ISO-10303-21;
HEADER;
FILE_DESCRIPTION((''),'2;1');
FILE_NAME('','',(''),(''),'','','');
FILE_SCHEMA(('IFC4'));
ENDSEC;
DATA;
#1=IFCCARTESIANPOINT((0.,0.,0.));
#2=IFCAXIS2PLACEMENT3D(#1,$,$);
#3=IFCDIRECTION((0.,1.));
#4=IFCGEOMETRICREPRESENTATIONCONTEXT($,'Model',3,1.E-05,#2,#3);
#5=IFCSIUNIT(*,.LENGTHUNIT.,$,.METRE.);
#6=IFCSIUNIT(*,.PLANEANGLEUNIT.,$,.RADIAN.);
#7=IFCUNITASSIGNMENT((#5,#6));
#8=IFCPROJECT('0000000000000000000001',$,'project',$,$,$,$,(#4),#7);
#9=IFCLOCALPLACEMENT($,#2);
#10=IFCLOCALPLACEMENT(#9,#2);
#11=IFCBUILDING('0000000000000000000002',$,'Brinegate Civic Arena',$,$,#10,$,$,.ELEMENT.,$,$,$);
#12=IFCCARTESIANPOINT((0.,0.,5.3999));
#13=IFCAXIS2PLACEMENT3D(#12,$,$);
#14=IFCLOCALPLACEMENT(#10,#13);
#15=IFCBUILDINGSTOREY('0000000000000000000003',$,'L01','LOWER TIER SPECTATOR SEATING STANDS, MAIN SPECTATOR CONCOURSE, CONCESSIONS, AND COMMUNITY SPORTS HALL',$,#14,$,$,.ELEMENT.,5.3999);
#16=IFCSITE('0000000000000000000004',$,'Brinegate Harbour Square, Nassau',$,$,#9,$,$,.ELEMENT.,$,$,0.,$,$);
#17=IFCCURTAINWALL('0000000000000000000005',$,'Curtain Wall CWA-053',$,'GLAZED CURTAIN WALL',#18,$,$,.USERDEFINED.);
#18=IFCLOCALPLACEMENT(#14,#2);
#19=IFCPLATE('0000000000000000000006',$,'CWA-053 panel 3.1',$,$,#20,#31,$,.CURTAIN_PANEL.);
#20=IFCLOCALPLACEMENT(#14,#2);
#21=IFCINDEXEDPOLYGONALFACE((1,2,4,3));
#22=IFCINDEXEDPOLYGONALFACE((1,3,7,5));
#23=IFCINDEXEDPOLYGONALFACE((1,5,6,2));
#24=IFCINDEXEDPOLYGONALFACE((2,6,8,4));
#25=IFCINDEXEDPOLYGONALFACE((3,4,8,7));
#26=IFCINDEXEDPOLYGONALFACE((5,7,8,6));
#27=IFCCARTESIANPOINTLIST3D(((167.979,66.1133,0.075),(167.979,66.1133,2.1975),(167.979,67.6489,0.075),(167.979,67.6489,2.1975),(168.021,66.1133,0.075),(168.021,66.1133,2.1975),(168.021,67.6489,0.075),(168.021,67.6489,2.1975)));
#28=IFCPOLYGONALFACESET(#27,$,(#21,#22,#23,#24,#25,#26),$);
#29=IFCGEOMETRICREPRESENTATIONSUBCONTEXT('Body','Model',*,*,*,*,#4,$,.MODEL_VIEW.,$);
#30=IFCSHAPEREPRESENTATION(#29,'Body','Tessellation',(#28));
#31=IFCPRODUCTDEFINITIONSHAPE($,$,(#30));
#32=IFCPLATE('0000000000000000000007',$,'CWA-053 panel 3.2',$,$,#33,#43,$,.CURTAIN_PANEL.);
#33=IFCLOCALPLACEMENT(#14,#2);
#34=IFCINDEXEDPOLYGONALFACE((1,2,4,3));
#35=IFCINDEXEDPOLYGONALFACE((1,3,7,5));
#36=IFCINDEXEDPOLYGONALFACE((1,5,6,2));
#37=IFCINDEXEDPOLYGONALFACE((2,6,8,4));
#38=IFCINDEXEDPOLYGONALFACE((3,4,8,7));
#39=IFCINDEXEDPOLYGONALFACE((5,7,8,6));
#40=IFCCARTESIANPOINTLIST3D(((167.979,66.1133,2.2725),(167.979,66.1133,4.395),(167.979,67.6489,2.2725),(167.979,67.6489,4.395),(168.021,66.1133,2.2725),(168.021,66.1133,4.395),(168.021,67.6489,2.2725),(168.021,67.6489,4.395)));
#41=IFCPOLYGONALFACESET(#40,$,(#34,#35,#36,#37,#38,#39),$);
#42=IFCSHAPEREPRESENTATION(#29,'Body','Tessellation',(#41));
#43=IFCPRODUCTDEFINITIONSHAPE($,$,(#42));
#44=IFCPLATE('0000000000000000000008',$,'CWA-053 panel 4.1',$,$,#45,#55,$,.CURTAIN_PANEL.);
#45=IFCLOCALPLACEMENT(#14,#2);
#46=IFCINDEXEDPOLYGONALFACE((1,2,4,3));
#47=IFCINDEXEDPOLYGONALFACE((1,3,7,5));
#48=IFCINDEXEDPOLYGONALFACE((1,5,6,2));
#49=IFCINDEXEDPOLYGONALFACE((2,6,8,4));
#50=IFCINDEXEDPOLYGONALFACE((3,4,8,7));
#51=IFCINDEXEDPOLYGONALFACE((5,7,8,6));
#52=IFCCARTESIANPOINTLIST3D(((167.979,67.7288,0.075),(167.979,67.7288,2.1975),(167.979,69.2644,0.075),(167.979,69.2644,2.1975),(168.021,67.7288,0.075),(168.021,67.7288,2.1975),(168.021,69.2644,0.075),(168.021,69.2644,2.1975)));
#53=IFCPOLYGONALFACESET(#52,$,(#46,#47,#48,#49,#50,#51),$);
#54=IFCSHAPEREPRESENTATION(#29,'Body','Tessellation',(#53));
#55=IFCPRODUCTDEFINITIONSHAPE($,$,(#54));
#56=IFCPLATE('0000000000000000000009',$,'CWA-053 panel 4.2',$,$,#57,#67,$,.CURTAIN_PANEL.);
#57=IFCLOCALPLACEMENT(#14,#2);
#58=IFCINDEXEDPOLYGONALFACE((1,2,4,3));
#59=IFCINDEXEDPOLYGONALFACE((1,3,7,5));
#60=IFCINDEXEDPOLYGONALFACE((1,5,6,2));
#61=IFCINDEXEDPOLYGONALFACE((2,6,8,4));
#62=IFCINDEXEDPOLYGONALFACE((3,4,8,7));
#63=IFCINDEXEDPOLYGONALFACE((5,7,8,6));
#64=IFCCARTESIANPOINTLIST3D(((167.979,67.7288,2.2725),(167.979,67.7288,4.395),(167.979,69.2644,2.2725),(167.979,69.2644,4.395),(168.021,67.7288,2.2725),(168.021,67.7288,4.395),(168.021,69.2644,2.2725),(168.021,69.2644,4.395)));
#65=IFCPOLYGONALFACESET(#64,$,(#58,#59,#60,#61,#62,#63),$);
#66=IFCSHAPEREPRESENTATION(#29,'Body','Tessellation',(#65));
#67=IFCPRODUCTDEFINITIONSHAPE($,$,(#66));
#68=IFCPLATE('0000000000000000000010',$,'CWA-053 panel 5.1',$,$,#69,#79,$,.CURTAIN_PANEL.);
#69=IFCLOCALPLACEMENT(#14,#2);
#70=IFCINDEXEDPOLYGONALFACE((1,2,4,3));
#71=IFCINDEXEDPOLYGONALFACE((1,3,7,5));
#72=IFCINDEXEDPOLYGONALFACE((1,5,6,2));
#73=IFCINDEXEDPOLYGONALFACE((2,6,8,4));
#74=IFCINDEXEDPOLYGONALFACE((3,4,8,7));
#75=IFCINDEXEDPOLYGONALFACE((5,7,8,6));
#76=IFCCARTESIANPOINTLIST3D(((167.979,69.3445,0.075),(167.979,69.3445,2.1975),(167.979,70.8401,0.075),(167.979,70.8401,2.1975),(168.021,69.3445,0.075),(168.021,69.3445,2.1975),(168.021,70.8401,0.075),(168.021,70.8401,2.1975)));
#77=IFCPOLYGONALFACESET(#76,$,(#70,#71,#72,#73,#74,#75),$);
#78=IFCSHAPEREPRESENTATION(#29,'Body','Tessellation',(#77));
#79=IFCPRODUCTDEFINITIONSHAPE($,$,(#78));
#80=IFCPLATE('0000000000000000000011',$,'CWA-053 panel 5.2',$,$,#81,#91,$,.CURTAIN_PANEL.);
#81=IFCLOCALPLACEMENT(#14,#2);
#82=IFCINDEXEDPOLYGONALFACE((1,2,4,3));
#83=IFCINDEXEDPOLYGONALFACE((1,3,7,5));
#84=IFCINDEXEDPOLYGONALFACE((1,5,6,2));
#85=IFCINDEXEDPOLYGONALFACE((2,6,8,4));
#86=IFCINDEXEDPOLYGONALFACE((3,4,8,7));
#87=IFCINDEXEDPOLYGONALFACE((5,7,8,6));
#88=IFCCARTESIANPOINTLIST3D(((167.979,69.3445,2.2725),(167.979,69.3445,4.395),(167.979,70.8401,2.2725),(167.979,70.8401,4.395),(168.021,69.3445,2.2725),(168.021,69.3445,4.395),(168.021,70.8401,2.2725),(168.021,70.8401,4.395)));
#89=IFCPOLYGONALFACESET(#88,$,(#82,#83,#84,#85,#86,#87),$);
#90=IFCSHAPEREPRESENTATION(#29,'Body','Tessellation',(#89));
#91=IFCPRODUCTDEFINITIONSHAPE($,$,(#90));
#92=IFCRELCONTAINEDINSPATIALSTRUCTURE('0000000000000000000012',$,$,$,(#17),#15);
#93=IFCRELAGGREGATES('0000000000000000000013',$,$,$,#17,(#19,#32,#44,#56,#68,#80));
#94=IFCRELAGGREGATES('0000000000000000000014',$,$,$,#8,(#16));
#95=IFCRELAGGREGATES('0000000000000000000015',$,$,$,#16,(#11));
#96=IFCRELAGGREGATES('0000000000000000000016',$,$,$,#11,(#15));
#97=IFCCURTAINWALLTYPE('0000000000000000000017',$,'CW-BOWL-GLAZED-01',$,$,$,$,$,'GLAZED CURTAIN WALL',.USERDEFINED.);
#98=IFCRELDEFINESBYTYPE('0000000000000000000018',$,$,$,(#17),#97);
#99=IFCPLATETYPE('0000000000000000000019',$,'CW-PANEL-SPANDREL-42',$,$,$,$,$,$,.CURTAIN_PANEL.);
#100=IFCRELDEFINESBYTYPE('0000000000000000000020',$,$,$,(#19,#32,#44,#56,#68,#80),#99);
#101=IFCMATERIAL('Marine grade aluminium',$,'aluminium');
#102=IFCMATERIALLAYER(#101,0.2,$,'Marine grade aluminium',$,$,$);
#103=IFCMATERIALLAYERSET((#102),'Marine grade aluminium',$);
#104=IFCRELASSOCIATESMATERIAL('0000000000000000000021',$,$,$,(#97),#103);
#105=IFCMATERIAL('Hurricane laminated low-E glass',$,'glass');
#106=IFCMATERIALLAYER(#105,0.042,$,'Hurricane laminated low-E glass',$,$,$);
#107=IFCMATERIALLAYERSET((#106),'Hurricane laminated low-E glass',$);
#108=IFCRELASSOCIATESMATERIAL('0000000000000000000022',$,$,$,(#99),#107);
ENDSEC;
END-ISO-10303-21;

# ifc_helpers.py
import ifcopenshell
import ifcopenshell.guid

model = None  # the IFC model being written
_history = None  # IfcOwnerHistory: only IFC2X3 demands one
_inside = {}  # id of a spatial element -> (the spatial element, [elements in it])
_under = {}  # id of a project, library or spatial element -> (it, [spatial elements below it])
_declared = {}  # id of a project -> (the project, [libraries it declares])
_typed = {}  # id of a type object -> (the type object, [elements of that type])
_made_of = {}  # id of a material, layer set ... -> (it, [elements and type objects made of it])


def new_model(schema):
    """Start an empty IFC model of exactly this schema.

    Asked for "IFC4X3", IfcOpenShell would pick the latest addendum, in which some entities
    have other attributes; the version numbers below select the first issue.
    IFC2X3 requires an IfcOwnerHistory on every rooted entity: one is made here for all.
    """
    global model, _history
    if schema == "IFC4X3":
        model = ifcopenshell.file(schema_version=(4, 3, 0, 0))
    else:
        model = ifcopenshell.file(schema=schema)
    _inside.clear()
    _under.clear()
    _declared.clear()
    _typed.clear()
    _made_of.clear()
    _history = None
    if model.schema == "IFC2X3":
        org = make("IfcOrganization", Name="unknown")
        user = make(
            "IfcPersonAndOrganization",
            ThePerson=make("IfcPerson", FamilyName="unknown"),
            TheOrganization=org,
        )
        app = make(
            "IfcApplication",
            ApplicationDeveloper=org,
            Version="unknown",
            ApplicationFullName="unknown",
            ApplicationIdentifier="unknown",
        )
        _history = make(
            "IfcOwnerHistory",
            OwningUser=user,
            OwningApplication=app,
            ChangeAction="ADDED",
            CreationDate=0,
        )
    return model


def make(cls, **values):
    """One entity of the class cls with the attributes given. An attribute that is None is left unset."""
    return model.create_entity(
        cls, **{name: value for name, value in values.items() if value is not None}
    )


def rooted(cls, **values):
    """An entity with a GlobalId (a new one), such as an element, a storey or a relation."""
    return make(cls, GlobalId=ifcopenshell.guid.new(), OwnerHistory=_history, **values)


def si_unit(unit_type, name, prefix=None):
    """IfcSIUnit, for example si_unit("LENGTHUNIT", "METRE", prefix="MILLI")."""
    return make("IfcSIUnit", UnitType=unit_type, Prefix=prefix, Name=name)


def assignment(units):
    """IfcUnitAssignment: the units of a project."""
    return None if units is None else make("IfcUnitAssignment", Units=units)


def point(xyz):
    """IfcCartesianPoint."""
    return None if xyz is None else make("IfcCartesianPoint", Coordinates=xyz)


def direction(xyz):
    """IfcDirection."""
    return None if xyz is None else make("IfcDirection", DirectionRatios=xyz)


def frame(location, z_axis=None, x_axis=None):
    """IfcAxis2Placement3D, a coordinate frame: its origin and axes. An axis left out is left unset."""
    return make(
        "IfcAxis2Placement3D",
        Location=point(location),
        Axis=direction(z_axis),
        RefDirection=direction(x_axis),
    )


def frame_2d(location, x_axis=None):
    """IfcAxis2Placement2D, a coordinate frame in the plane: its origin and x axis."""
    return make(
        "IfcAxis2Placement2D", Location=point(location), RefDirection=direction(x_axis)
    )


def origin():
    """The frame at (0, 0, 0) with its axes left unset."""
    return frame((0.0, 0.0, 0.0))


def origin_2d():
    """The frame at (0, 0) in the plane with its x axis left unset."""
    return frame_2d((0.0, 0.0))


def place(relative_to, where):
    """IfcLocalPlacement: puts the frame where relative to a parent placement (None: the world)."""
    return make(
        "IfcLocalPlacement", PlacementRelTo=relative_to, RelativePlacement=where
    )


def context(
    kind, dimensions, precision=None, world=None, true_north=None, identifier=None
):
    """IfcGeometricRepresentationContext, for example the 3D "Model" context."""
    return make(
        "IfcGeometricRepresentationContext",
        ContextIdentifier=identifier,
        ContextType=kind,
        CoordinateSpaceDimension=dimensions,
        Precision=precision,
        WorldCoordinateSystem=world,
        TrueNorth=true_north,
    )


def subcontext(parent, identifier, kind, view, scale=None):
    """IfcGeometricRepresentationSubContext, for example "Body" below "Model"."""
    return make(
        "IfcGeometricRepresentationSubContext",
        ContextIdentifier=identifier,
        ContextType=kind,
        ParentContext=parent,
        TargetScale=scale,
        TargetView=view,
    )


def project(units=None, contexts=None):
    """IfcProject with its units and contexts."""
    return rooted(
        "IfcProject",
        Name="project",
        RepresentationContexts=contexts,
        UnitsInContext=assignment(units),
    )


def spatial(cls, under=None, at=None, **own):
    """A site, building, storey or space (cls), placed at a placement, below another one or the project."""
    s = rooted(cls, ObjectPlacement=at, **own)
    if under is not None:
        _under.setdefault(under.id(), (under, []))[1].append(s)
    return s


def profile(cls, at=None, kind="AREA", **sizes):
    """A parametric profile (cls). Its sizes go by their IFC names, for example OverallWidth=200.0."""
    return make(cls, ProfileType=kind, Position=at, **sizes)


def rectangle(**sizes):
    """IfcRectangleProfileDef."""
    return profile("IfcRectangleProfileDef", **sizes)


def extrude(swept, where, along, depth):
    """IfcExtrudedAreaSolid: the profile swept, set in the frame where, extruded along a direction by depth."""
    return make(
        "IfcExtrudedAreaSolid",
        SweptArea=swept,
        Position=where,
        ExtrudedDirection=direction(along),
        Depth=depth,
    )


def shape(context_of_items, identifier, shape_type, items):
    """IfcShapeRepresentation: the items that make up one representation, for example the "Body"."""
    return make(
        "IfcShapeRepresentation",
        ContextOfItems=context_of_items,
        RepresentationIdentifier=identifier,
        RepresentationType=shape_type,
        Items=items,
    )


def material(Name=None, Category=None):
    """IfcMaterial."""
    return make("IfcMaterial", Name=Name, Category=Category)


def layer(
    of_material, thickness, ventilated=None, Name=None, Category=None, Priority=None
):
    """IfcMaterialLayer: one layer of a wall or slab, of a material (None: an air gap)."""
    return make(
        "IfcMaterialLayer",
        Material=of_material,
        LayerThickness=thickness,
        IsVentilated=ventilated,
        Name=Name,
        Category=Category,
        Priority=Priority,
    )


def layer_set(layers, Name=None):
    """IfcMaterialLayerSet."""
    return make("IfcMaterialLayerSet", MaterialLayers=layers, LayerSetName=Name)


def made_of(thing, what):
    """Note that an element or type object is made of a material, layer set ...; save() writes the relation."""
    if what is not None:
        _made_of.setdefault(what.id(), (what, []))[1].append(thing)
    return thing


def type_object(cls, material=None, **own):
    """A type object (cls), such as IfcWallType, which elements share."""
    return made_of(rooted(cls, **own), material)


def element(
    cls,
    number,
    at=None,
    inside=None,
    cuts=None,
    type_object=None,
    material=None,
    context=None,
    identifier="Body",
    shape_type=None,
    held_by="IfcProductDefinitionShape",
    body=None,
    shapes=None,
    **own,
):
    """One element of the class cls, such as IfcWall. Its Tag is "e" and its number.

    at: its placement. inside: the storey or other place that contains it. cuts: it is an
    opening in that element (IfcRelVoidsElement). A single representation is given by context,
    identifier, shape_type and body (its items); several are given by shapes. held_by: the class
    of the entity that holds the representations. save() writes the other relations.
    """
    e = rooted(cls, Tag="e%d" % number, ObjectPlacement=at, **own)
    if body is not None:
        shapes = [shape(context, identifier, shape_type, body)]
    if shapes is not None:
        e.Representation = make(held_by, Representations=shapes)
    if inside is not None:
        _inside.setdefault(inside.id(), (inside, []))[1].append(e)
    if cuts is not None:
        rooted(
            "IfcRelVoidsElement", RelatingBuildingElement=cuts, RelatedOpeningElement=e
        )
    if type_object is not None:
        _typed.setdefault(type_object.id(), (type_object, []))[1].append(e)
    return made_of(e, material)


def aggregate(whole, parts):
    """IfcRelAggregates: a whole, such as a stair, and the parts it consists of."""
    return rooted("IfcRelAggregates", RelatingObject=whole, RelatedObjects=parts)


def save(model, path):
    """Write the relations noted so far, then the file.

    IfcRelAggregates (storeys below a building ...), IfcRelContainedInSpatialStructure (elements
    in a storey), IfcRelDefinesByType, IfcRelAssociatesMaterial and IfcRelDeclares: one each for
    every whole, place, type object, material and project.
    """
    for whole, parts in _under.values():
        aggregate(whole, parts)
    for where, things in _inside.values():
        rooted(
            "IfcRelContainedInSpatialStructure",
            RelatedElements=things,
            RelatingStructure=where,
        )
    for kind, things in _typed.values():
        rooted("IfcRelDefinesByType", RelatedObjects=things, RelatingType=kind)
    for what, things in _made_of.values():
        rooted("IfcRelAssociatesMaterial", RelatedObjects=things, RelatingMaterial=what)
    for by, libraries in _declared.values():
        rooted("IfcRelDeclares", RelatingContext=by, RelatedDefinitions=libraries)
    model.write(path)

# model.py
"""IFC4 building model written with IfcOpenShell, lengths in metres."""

from ifc_helpers import new_model, si_unit, direction, frame, origin, origin_2d, place, context, subcontext, project, spatial, rectangle, extrude, material, layer, layer_set, type_object, element, aggregate, save


model = new_model("IFC4")

# Units and contexts
model_context = context("Model", 3, precision=1e-05, world=origin(), true_north=direction((0.0, 1.0)))
body_context = subcontext(model_context, "Body", "Model", "MODEL_VIEW")
ifc_project = project(units=[si_unit("LENGTHUNIT", "METRE"), si_unit("PLANEANGLEUNIT", "RADIAN")], contexts=[model_context])

# Site, building, storey
site_placement = place(None, origin())
site = spatial("IfcSite", under=ifc_project, at=site_placement, Name="Brinegate Harbour Square, Nassau", CompositionType="ELEMENT", RefElevation=0.0)
building_placement = place(site_placement, origin())
building = spatial("IfcBuilding", under=site, at=building_placement, Name="Brinegate Civic Arena", CompositionType="ELEMENT")
storey_placement = place(building_placement, frame((0.0, 0.0, 5.3999)))
storey = spatial("IfcBuildingStorey", under=building, at=storey_placement, Name="L01", Description="LOWER TIER SPECTATOR SEATING STANDS, MAIN SPECTATOR CONCOURSE, CONCESSIONS, AND COMMUNITY SPORTS HALL", CompositionType="ELEMENT", Elevation=5.3999)

# Shared definitions
ifc_material_1 = material(Name="Marine grade aluminium", Category="aluminium")
ifc_layer_1 = layer(ifc_material_1, 0.2, Name="Marine grade aluminium")
ifc_layer_set_1 = layer_set([ifc_layer_1], Name="Marine grade aluminium")
curtain_wall_type = type_object("IfcCurtainWallType", Name="CW-BOWL-GLAZED-01", ElementType="GLAZED CURTAIN WALL", PredefinedType="USERDEFINED", material=ifc_layer_set_1)

# Curtain wall
curtain_wall_1_placement = place(storey_placement, origin())
curtain_wall_1 = element("IfcCurtainWall", 1, at=curtain_wall_1_placement, inside=storey, type_object=curtain_wall_type, Name="Curtain Wall CWA-053", ObjectType="GLAZED CURTAIN WALL", PredefinedType="USERDEFINED")

# Plates
ifc_material_2 = material(Name="Hurricane laminated low-E glass", Category="glass")
ifc_layer_2 = layer(ifc_material_2, 0.042, Name="Hurricane laminated low-E glass")
ifc_layer_set_2 = layer_set([ifc_layer_2], Name="Hurricane laminated low-E glass")
plate_type_1 = type_object("IfcPlateType", Name="CW-PANEL-SPANDREL-42", PredefinedType="CURTAIN_PANEL", material=ifc_layer_set_2)
plate_1_placement = place(storey_placement, frame((168.0, 66.8811, 0.075), z_axis=(0.0, 0.0, 1.0), x_axis=(0.0, 1.0, 0.0)))
plate_1 = element("IfcPlate", 2, at=plate_1_placement, type_object=plate_type_1, Name="CWA-053 panel 3.1", PredefinedType="CURTAIN_PANEL", context=body_context, shape_type="SweptSolid", body=[
    extrude(rectangle(XDim=1.5356, YDim=0.042, at=origin_2d()), origin(), (0.0, 0.0, 1.0), 2.1226),
])
plate_2_placement = place(storey_placement, frame((168.0, 66.8811, 2.2725), z_axis=(0.0, 0.0, 1.0), x_axis=(0.0, 1.0, 0.0)))
plate_2 = element("IfcPlate", 3, at=plate_2_placement, type_object=plate_type_1, Name="CWA-053 panel 3.2", PredefinedType="CURTAIN_PANEL", context=body_context, shape_type="SweptSolid", body=[
    extrude(rectangle(XDim=1.5356, YDim=0.042, at=origin_2d()), origin(), (0.0, 0.0, 1.0), 2.1226),
])
plate_3_placement = place(storey_placement, frame((168.0, 68.4966, 0.075), z_axis=(0.0, 0.0, 1.0), x_axis=(0.0, 1.0, 0.0)))
plate_3 = element("IfcPlate", 4, at=plate_3_placement, type_object=plate_type_1, Name="CWA-053 panel 4.1", PredefinedType="CURTAIN_PANEL", context=body_context, shape_type="SweptSolid", body=[
    extrude(rectangle(XDim=1.5356, YDim=0.042, at=origin_2d()), origin(), (0.0, 0.0, 1.0), 2.1226),
])
plate_4_placement = place(storey_placement, frame((168.0, 68.4966, 2.2725), z_axis=(0.0, 0.0, 1.0), x_axis=(0.0, 1.0, 0.0)))
plate_4 = element("IfcPlate", 5, at=plate_4_placement, type_object=plate_type_1, Name="CWA-053 panel 4.2", PredefinedType="CURTAIN_PANEL", context=body_context, shape_type="SweptSolid", body=[
    extrude(rectangle(XDim=1.5356, YDim=0.042, at=origin_2d()), origin(), (0.0, 0.0, 1.0), 2.1226),
])
plate_5_placement = place(storey_placement, frame((168.0, 70.0923, 0.075), z_axis=(0.0, 0.0, 1.0), x_axis=(0.0, 1.0, 0.0)))
plate_5 = element("IfcPlate", 6, at=plate_5_placement, type_object=plate_type_1, Name="CWA-053 panel 5.1", PredefinedType="CURTAIN_PANEL", context=body_context, shape_type="SweptSolid", body=[
    extrude(rectangle(XDim=1.4956, YDim=0.042, at=origin_2d()), origin(), (0.0, 0.0, 1.0), 2.1226),
])
plate_6_placement = place(storey_placement, frame((168.0, 70.0923, 2.2725), z_axis=(0.0, 0.0, 1.0), x_axis=(0.0, 1.0, 0.0)))
plate_6 = element("IfcPlate", 7, at=plate_6_placement, type_object=plate_type_1, Name="CWA-053 panel 5.2", PredefinedType="CURTAIN_PANEL", context=body_context, shape_type="SweptSolid", body=[
    extrude(rectangle(XDim=1.4956, YDim=0.042, at=origin_2d()), origin(), (0.0, 0.0, 1.0), 2.1226),
])
aggregate(curtain_wall_1, [plate_1, plate_2, plate_3, plate_4, plate_5, plate_6])

save(model, "model.ifc")
